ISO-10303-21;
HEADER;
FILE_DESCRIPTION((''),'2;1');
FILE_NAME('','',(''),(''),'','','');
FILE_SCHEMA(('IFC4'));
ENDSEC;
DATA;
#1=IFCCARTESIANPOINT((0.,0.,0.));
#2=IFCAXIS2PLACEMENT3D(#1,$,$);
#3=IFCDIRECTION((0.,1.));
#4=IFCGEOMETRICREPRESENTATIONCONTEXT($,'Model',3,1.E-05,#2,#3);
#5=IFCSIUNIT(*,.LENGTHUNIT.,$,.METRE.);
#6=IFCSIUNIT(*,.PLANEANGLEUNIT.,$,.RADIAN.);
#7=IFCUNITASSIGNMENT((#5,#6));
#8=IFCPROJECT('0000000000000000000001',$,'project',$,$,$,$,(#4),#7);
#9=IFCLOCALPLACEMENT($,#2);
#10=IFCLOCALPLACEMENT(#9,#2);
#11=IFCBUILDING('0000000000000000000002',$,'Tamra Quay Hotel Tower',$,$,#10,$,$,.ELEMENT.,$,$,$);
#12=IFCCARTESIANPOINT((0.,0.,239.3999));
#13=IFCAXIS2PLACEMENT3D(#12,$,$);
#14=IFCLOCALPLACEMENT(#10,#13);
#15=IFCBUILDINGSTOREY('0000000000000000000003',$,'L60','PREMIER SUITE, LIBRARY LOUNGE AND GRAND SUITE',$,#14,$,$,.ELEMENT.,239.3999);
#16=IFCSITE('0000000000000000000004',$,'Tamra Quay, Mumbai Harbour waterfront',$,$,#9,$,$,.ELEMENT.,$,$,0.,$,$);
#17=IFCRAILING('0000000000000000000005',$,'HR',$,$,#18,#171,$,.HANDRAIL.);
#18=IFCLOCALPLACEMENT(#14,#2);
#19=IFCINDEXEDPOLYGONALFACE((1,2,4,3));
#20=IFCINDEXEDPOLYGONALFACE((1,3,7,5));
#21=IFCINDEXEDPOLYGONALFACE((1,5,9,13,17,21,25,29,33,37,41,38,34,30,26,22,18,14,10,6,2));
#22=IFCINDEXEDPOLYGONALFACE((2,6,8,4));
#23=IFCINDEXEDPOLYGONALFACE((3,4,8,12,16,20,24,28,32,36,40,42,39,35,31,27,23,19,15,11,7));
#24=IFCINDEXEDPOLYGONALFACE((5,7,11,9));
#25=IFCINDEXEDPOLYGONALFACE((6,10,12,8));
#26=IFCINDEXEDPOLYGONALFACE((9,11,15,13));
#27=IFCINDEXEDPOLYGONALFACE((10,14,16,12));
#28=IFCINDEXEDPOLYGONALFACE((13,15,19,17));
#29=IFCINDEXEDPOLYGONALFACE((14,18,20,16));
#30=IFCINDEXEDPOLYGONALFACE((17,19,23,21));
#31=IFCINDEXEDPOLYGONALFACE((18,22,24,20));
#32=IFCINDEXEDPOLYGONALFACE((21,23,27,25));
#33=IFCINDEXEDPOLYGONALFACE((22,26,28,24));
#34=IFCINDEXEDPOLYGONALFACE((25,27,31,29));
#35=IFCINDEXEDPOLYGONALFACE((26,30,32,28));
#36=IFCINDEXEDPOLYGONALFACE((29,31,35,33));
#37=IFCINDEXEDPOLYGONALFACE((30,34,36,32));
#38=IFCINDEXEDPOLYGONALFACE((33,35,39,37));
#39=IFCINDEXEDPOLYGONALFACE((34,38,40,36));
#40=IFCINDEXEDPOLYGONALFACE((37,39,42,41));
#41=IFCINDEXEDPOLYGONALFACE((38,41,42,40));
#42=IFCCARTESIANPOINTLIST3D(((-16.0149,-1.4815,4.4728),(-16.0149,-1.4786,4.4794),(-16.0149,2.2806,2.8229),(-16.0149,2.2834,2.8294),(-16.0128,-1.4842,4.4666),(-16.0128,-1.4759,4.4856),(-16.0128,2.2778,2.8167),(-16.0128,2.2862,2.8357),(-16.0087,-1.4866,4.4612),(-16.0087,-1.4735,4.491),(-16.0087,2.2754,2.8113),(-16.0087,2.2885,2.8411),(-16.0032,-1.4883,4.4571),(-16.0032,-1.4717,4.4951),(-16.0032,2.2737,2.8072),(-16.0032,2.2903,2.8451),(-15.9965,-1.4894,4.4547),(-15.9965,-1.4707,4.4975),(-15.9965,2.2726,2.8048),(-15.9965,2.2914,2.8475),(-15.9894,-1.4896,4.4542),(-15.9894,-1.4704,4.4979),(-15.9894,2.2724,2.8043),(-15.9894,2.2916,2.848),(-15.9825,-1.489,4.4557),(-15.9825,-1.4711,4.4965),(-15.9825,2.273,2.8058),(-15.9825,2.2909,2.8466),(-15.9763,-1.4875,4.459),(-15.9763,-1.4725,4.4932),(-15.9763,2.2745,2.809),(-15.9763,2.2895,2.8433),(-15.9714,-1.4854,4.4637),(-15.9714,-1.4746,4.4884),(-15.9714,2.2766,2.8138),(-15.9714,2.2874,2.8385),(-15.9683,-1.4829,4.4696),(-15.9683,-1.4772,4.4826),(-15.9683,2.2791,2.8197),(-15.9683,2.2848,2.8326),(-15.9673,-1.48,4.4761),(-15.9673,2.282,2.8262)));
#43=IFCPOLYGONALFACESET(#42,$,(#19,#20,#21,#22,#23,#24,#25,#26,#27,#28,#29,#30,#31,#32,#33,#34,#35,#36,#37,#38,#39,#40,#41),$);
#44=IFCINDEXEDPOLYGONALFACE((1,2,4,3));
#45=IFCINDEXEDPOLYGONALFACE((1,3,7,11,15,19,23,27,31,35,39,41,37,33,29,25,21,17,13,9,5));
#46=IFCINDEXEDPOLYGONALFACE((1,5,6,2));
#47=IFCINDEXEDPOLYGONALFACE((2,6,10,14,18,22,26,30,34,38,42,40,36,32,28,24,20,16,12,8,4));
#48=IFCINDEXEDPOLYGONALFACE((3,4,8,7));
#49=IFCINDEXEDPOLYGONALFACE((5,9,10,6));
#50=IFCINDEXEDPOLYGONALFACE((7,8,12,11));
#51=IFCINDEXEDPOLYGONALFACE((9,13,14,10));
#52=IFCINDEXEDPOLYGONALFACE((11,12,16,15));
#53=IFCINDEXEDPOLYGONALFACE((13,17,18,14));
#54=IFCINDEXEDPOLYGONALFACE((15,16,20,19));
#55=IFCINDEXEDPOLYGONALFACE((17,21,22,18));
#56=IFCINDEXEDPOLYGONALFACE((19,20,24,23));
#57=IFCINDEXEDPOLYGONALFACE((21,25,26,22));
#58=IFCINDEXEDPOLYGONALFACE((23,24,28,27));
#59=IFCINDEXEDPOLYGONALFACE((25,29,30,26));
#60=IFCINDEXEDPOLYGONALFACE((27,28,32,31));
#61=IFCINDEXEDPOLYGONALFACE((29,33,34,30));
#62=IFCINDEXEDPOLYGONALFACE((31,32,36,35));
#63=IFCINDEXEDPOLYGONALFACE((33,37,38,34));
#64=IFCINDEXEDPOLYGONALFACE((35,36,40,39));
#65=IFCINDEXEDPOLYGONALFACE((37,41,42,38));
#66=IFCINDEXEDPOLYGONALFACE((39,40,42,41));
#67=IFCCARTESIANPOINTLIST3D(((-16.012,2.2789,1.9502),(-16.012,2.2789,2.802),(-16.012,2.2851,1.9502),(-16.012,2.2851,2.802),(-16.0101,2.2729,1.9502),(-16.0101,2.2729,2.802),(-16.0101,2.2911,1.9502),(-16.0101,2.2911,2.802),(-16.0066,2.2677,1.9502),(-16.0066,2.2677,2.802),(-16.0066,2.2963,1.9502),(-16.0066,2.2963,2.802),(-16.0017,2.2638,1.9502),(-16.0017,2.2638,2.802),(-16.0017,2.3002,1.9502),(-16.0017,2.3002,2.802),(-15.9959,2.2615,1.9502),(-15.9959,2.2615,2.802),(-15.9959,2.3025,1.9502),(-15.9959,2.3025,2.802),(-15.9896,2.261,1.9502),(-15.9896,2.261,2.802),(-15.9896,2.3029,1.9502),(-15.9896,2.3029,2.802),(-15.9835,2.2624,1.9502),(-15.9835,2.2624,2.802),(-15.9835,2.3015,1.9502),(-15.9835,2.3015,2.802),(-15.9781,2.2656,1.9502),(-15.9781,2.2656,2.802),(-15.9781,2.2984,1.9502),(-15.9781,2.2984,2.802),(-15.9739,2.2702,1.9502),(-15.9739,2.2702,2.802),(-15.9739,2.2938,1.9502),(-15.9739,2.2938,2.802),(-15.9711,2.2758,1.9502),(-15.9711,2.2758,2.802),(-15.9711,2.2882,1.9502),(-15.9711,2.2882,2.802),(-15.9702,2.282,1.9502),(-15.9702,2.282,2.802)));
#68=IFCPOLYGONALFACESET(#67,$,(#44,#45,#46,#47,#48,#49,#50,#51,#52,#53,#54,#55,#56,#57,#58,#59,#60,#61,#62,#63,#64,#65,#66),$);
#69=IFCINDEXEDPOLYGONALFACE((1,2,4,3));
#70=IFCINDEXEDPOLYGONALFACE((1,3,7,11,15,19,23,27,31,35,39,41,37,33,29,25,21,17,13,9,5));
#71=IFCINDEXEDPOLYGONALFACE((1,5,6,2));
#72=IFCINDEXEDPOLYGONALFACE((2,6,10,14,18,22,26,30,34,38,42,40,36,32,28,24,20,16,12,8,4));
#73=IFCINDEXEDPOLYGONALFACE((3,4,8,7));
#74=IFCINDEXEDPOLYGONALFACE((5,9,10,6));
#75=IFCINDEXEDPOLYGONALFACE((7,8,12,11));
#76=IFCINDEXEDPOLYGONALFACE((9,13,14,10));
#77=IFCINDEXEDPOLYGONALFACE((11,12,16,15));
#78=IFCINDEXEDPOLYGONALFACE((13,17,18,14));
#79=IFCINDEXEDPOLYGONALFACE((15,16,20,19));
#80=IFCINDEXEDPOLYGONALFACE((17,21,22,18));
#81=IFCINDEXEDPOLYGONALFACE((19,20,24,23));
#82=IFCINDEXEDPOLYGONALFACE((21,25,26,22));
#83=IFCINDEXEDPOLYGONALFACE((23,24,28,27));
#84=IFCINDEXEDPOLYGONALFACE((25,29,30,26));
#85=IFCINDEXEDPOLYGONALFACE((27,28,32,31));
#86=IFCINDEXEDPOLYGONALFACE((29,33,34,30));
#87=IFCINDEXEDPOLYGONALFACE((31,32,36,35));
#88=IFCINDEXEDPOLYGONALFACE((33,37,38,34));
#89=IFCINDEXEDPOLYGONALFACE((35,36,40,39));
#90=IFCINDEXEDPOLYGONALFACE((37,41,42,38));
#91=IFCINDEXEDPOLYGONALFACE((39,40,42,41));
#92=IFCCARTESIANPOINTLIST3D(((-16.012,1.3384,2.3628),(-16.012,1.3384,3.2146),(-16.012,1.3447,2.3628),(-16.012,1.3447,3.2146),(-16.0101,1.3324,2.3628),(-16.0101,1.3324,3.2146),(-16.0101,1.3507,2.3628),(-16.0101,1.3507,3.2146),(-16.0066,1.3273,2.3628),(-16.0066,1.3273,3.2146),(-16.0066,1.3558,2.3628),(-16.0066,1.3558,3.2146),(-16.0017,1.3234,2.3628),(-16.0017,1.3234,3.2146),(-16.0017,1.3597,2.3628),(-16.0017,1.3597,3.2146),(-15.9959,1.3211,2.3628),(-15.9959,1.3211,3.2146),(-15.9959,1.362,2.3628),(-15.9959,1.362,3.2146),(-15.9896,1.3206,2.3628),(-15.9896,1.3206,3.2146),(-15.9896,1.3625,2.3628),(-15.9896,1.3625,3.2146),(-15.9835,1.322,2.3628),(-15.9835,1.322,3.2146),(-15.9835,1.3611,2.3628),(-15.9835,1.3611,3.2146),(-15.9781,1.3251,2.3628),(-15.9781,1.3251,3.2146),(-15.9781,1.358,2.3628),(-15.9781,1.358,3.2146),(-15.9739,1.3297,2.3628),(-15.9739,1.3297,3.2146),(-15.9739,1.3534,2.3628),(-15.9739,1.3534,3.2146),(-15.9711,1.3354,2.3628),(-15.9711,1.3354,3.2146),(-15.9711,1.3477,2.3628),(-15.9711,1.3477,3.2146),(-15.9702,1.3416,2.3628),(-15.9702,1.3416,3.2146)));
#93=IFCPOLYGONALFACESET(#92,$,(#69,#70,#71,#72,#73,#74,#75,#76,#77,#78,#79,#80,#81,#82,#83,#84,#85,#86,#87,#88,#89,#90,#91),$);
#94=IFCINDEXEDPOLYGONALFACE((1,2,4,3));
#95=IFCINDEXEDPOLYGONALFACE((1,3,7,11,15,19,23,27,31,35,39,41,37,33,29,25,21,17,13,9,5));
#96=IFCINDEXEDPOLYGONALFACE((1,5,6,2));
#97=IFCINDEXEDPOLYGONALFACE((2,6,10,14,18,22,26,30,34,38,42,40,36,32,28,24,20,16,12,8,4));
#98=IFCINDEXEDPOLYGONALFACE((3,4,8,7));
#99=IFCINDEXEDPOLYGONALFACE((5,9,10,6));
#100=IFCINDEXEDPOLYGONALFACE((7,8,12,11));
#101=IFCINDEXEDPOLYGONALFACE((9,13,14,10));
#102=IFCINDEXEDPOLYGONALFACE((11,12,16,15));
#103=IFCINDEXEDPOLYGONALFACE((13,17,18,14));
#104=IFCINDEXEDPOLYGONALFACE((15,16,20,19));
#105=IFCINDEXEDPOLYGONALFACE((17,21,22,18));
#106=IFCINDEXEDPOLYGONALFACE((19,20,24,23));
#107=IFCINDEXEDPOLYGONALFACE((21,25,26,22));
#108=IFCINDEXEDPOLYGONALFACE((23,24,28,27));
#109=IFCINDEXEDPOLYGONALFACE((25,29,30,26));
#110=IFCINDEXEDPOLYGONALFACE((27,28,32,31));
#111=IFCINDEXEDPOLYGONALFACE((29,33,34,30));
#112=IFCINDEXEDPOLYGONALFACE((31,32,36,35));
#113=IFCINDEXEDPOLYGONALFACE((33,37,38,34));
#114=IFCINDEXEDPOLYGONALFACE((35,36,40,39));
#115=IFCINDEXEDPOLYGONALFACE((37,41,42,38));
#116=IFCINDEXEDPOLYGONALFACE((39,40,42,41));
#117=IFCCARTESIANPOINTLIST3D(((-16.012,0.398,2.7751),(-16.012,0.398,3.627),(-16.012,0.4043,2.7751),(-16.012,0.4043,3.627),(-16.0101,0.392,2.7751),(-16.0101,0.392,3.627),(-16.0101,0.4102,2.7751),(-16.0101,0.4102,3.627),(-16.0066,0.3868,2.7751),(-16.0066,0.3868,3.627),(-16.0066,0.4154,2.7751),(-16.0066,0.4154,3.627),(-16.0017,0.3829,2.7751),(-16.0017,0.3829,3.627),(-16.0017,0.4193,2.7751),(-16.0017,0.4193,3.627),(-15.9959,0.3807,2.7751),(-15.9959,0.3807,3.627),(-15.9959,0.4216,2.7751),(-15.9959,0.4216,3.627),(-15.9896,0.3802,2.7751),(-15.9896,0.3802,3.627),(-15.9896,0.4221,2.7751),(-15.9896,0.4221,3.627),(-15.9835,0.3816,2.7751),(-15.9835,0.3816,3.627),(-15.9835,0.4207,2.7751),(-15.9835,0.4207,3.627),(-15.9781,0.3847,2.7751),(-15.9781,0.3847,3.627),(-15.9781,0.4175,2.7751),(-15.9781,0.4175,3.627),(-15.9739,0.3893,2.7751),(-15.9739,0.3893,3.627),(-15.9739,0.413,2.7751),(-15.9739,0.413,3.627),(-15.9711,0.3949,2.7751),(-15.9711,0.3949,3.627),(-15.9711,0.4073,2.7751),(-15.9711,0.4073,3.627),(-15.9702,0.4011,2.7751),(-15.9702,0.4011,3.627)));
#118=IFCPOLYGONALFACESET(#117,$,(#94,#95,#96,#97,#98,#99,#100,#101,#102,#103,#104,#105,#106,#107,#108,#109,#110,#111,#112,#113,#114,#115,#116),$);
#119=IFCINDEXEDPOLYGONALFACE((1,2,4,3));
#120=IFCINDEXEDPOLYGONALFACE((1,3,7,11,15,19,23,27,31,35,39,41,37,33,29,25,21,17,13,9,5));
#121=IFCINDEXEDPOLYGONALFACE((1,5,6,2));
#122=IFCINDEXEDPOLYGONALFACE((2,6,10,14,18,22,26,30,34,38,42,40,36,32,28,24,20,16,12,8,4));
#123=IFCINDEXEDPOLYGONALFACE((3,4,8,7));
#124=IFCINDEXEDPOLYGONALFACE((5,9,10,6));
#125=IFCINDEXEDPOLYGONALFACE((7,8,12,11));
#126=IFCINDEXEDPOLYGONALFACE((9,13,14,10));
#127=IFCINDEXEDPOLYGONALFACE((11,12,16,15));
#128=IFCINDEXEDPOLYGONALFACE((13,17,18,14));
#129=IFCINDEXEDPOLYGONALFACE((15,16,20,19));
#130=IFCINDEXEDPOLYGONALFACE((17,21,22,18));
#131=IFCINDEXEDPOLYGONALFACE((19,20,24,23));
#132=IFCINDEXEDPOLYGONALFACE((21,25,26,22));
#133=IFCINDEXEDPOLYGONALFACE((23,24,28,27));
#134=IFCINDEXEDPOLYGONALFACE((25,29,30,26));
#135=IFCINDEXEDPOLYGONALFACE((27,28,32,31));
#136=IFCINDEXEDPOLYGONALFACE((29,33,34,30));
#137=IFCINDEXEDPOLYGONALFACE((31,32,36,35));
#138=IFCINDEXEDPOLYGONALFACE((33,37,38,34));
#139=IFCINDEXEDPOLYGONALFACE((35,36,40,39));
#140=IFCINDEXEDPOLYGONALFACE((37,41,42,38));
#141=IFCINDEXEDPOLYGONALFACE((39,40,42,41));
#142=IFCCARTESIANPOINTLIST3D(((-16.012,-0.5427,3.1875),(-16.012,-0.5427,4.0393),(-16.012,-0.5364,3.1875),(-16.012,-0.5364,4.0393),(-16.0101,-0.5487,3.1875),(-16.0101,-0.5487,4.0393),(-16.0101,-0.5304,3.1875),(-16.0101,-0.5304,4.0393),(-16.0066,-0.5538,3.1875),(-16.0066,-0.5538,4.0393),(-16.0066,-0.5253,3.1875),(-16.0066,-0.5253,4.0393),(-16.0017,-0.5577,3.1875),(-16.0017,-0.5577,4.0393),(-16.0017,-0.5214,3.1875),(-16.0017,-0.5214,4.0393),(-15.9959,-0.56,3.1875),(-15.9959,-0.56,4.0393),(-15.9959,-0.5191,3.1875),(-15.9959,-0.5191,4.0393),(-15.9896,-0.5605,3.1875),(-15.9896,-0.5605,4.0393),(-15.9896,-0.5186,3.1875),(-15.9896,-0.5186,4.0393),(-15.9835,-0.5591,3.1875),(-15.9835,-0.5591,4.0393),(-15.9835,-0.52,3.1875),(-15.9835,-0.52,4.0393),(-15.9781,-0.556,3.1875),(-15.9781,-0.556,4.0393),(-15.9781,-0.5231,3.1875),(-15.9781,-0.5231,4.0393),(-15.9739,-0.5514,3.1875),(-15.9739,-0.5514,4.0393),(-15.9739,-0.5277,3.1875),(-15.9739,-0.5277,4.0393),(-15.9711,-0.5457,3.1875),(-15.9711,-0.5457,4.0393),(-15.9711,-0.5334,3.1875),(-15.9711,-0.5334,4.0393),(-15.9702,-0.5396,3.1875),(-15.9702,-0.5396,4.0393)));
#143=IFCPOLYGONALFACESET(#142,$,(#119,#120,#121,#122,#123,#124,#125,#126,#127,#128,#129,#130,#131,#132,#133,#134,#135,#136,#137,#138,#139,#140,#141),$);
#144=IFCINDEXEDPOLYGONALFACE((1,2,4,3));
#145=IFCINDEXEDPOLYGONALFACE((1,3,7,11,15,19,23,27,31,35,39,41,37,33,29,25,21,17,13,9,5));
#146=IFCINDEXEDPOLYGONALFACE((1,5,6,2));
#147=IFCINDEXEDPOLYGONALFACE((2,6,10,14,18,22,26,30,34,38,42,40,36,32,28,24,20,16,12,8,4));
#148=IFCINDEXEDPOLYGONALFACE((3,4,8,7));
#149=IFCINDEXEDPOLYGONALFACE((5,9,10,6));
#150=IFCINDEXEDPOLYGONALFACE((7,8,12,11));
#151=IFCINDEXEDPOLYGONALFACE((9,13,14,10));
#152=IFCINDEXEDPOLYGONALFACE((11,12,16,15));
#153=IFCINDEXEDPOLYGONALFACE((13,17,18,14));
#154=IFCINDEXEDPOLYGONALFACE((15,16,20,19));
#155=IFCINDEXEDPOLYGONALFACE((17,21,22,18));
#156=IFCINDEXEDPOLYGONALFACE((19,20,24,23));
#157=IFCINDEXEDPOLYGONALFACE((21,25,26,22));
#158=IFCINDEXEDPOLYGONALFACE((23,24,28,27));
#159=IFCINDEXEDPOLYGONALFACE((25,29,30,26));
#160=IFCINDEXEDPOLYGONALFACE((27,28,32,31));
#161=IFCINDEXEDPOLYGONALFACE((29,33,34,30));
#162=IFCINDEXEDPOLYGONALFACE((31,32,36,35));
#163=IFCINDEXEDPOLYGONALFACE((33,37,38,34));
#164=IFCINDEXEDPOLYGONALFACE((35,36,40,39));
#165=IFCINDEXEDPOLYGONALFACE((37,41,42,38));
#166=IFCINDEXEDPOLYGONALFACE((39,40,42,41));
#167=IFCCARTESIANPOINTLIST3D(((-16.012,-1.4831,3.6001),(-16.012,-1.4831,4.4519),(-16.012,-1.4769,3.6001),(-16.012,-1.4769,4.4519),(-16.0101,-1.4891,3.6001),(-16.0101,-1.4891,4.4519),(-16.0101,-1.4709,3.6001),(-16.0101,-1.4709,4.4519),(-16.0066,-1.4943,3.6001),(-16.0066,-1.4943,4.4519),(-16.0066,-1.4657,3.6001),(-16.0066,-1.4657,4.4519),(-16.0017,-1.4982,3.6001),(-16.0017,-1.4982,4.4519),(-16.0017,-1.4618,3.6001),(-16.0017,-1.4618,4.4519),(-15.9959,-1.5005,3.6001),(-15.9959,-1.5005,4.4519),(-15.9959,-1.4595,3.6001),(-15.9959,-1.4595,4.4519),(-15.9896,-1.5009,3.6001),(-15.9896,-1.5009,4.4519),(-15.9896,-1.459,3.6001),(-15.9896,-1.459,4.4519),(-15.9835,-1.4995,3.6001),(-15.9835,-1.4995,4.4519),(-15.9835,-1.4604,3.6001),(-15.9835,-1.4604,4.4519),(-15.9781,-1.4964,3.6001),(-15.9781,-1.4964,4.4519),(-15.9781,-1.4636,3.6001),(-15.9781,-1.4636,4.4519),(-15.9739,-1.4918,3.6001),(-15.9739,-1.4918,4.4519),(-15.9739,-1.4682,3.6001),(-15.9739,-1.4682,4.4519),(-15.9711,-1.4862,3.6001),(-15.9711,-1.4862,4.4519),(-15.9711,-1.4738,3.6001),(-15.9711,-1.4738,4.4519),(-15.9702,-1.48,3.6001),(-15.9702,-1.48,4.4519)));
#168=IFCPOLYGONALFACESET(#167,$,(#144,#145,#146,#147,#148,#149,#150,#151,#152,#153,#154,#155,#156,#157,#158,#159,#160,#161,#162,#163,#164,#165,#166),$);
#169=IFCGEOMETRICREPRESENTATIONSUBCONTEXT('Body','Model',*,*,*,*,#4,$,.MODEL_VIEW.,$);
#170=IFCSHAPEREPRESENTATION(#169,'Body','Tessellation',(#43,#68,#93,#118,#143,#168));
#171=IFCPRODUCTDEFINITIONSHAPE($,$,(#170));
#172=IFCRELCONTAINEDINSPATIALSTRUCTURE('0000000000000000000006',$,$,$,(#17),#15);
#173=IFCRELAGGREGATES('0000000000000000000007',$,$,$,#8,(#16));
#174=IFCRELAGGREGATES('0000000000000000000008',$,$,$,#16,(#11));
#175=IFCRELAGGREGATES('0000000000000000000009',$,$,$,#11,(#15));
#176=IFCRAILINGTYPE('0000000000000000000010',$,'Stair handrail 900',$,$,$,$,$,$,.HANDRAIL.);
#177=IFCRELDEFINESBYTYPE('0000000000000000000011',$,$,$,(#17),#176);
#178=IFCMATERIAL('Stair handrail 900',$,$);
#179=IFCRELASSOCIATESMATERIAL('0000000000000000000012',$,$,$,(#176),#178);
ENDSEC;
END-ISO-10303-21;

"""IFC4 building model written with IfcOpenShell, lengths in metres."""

from ifc_helpers import new_model, si_unit, direction, frame, origin, origin_2d, place, context, subcontext, project, spatial, circle, extrude, material, type_object, element, save


model = new_model("IFC4")

# Units and contexts
model_context = context("Model", 3, precision=1e-05, world=origin(), true_north=direction((0.0, 1.0)))
body_context = subcontext(model_context, "Body", "Model", "MODEL_VIEW")
ifc_project = project(units=[si_unit("LENGTHUNIT", "METRE"), si_unit("PLANEANGLEUNIT", "RADIAN")], contexts=[model_context])

# Site, building, storey
site_placement = place(None, origin())
site = spatial("IfcSite", under=ifc_project, at=site_placement, Name="Tamra Quay, Mumbai Harbour waterfront", CompositionType="ELEMENT", RefElevation=0.0)
building_placement = place(site_placement, origin())
building = spatial("IfcBuilding", under=site, at=building_placement, Name="Tamra Quay Hotel Tower", CompositionType="ELEMENT")
storey_placement = place(building_placement, frame((0.0, 0.0, 239.3999)))
storey = spatial("IfcBuildingStorey", under=building, at=storey_placement, Name="L60", Description="PREMIER SUITE, LIBRARY LOUNGE AND GRAND SUITE", CompositionType="ELEMENT", Elevation=239.3999)

# Railing
ifc_material_1 = material(Name="Stair handrail 900")
railing_type = type_object("IfcRailingType", Name="Stair handrail 900", PredefinedType="HANDRAIL", material=ifc_material_1)
railing_placement = place(storey_placement, frame((-15.9912, 2.282, 1.9502)))
element("IfcRailing", 1, at=railing_placement, inside=storey, type_object=railing_type, Name="HR", PredefinedType="HANDRAIL", context=body_context, shape_type="SweptSolid", body=[
    extrude(circle(Radius=0.0239, at=origin_2d()), frame((0.0, 0.0, 0.876), z_axis=(0.0, -0.915795, 0.401645), x_axis=(1.0, 0.0, 0.0)), (0.0, 0.0, 1.0), 4.1079),
    extrude(circle(Radius=0.021, at=origin_2d()), origin(), (0.0, 0.0, 1.0), 0.8518),
    extrude(circle(Radius=0.021, at=origin_2d()), frame((0.0, -0.9404, 0.4126)), (0.0, 0.0, 1.0), 0.8518),
    extrude(circle(Radius=0.021, at=origin_2d()), frame((0.0, -1.8809, 0.825)), (0.0, 0.0, 1.0), 0.8518),
    extrude(circle(Radius=0.021, at=origin_2d()), frame((0.0, -2.8215, 1.2373)), (0.0, 0.0, 1.0), 0.8518),
    extrude(circle(Radius=0.021, at=origin_2d()), frame((0.0, -3.762, 1.6499)), (0.0, 0.0, 1.0), 0.8518),
])

save(model, "model.ifc")
